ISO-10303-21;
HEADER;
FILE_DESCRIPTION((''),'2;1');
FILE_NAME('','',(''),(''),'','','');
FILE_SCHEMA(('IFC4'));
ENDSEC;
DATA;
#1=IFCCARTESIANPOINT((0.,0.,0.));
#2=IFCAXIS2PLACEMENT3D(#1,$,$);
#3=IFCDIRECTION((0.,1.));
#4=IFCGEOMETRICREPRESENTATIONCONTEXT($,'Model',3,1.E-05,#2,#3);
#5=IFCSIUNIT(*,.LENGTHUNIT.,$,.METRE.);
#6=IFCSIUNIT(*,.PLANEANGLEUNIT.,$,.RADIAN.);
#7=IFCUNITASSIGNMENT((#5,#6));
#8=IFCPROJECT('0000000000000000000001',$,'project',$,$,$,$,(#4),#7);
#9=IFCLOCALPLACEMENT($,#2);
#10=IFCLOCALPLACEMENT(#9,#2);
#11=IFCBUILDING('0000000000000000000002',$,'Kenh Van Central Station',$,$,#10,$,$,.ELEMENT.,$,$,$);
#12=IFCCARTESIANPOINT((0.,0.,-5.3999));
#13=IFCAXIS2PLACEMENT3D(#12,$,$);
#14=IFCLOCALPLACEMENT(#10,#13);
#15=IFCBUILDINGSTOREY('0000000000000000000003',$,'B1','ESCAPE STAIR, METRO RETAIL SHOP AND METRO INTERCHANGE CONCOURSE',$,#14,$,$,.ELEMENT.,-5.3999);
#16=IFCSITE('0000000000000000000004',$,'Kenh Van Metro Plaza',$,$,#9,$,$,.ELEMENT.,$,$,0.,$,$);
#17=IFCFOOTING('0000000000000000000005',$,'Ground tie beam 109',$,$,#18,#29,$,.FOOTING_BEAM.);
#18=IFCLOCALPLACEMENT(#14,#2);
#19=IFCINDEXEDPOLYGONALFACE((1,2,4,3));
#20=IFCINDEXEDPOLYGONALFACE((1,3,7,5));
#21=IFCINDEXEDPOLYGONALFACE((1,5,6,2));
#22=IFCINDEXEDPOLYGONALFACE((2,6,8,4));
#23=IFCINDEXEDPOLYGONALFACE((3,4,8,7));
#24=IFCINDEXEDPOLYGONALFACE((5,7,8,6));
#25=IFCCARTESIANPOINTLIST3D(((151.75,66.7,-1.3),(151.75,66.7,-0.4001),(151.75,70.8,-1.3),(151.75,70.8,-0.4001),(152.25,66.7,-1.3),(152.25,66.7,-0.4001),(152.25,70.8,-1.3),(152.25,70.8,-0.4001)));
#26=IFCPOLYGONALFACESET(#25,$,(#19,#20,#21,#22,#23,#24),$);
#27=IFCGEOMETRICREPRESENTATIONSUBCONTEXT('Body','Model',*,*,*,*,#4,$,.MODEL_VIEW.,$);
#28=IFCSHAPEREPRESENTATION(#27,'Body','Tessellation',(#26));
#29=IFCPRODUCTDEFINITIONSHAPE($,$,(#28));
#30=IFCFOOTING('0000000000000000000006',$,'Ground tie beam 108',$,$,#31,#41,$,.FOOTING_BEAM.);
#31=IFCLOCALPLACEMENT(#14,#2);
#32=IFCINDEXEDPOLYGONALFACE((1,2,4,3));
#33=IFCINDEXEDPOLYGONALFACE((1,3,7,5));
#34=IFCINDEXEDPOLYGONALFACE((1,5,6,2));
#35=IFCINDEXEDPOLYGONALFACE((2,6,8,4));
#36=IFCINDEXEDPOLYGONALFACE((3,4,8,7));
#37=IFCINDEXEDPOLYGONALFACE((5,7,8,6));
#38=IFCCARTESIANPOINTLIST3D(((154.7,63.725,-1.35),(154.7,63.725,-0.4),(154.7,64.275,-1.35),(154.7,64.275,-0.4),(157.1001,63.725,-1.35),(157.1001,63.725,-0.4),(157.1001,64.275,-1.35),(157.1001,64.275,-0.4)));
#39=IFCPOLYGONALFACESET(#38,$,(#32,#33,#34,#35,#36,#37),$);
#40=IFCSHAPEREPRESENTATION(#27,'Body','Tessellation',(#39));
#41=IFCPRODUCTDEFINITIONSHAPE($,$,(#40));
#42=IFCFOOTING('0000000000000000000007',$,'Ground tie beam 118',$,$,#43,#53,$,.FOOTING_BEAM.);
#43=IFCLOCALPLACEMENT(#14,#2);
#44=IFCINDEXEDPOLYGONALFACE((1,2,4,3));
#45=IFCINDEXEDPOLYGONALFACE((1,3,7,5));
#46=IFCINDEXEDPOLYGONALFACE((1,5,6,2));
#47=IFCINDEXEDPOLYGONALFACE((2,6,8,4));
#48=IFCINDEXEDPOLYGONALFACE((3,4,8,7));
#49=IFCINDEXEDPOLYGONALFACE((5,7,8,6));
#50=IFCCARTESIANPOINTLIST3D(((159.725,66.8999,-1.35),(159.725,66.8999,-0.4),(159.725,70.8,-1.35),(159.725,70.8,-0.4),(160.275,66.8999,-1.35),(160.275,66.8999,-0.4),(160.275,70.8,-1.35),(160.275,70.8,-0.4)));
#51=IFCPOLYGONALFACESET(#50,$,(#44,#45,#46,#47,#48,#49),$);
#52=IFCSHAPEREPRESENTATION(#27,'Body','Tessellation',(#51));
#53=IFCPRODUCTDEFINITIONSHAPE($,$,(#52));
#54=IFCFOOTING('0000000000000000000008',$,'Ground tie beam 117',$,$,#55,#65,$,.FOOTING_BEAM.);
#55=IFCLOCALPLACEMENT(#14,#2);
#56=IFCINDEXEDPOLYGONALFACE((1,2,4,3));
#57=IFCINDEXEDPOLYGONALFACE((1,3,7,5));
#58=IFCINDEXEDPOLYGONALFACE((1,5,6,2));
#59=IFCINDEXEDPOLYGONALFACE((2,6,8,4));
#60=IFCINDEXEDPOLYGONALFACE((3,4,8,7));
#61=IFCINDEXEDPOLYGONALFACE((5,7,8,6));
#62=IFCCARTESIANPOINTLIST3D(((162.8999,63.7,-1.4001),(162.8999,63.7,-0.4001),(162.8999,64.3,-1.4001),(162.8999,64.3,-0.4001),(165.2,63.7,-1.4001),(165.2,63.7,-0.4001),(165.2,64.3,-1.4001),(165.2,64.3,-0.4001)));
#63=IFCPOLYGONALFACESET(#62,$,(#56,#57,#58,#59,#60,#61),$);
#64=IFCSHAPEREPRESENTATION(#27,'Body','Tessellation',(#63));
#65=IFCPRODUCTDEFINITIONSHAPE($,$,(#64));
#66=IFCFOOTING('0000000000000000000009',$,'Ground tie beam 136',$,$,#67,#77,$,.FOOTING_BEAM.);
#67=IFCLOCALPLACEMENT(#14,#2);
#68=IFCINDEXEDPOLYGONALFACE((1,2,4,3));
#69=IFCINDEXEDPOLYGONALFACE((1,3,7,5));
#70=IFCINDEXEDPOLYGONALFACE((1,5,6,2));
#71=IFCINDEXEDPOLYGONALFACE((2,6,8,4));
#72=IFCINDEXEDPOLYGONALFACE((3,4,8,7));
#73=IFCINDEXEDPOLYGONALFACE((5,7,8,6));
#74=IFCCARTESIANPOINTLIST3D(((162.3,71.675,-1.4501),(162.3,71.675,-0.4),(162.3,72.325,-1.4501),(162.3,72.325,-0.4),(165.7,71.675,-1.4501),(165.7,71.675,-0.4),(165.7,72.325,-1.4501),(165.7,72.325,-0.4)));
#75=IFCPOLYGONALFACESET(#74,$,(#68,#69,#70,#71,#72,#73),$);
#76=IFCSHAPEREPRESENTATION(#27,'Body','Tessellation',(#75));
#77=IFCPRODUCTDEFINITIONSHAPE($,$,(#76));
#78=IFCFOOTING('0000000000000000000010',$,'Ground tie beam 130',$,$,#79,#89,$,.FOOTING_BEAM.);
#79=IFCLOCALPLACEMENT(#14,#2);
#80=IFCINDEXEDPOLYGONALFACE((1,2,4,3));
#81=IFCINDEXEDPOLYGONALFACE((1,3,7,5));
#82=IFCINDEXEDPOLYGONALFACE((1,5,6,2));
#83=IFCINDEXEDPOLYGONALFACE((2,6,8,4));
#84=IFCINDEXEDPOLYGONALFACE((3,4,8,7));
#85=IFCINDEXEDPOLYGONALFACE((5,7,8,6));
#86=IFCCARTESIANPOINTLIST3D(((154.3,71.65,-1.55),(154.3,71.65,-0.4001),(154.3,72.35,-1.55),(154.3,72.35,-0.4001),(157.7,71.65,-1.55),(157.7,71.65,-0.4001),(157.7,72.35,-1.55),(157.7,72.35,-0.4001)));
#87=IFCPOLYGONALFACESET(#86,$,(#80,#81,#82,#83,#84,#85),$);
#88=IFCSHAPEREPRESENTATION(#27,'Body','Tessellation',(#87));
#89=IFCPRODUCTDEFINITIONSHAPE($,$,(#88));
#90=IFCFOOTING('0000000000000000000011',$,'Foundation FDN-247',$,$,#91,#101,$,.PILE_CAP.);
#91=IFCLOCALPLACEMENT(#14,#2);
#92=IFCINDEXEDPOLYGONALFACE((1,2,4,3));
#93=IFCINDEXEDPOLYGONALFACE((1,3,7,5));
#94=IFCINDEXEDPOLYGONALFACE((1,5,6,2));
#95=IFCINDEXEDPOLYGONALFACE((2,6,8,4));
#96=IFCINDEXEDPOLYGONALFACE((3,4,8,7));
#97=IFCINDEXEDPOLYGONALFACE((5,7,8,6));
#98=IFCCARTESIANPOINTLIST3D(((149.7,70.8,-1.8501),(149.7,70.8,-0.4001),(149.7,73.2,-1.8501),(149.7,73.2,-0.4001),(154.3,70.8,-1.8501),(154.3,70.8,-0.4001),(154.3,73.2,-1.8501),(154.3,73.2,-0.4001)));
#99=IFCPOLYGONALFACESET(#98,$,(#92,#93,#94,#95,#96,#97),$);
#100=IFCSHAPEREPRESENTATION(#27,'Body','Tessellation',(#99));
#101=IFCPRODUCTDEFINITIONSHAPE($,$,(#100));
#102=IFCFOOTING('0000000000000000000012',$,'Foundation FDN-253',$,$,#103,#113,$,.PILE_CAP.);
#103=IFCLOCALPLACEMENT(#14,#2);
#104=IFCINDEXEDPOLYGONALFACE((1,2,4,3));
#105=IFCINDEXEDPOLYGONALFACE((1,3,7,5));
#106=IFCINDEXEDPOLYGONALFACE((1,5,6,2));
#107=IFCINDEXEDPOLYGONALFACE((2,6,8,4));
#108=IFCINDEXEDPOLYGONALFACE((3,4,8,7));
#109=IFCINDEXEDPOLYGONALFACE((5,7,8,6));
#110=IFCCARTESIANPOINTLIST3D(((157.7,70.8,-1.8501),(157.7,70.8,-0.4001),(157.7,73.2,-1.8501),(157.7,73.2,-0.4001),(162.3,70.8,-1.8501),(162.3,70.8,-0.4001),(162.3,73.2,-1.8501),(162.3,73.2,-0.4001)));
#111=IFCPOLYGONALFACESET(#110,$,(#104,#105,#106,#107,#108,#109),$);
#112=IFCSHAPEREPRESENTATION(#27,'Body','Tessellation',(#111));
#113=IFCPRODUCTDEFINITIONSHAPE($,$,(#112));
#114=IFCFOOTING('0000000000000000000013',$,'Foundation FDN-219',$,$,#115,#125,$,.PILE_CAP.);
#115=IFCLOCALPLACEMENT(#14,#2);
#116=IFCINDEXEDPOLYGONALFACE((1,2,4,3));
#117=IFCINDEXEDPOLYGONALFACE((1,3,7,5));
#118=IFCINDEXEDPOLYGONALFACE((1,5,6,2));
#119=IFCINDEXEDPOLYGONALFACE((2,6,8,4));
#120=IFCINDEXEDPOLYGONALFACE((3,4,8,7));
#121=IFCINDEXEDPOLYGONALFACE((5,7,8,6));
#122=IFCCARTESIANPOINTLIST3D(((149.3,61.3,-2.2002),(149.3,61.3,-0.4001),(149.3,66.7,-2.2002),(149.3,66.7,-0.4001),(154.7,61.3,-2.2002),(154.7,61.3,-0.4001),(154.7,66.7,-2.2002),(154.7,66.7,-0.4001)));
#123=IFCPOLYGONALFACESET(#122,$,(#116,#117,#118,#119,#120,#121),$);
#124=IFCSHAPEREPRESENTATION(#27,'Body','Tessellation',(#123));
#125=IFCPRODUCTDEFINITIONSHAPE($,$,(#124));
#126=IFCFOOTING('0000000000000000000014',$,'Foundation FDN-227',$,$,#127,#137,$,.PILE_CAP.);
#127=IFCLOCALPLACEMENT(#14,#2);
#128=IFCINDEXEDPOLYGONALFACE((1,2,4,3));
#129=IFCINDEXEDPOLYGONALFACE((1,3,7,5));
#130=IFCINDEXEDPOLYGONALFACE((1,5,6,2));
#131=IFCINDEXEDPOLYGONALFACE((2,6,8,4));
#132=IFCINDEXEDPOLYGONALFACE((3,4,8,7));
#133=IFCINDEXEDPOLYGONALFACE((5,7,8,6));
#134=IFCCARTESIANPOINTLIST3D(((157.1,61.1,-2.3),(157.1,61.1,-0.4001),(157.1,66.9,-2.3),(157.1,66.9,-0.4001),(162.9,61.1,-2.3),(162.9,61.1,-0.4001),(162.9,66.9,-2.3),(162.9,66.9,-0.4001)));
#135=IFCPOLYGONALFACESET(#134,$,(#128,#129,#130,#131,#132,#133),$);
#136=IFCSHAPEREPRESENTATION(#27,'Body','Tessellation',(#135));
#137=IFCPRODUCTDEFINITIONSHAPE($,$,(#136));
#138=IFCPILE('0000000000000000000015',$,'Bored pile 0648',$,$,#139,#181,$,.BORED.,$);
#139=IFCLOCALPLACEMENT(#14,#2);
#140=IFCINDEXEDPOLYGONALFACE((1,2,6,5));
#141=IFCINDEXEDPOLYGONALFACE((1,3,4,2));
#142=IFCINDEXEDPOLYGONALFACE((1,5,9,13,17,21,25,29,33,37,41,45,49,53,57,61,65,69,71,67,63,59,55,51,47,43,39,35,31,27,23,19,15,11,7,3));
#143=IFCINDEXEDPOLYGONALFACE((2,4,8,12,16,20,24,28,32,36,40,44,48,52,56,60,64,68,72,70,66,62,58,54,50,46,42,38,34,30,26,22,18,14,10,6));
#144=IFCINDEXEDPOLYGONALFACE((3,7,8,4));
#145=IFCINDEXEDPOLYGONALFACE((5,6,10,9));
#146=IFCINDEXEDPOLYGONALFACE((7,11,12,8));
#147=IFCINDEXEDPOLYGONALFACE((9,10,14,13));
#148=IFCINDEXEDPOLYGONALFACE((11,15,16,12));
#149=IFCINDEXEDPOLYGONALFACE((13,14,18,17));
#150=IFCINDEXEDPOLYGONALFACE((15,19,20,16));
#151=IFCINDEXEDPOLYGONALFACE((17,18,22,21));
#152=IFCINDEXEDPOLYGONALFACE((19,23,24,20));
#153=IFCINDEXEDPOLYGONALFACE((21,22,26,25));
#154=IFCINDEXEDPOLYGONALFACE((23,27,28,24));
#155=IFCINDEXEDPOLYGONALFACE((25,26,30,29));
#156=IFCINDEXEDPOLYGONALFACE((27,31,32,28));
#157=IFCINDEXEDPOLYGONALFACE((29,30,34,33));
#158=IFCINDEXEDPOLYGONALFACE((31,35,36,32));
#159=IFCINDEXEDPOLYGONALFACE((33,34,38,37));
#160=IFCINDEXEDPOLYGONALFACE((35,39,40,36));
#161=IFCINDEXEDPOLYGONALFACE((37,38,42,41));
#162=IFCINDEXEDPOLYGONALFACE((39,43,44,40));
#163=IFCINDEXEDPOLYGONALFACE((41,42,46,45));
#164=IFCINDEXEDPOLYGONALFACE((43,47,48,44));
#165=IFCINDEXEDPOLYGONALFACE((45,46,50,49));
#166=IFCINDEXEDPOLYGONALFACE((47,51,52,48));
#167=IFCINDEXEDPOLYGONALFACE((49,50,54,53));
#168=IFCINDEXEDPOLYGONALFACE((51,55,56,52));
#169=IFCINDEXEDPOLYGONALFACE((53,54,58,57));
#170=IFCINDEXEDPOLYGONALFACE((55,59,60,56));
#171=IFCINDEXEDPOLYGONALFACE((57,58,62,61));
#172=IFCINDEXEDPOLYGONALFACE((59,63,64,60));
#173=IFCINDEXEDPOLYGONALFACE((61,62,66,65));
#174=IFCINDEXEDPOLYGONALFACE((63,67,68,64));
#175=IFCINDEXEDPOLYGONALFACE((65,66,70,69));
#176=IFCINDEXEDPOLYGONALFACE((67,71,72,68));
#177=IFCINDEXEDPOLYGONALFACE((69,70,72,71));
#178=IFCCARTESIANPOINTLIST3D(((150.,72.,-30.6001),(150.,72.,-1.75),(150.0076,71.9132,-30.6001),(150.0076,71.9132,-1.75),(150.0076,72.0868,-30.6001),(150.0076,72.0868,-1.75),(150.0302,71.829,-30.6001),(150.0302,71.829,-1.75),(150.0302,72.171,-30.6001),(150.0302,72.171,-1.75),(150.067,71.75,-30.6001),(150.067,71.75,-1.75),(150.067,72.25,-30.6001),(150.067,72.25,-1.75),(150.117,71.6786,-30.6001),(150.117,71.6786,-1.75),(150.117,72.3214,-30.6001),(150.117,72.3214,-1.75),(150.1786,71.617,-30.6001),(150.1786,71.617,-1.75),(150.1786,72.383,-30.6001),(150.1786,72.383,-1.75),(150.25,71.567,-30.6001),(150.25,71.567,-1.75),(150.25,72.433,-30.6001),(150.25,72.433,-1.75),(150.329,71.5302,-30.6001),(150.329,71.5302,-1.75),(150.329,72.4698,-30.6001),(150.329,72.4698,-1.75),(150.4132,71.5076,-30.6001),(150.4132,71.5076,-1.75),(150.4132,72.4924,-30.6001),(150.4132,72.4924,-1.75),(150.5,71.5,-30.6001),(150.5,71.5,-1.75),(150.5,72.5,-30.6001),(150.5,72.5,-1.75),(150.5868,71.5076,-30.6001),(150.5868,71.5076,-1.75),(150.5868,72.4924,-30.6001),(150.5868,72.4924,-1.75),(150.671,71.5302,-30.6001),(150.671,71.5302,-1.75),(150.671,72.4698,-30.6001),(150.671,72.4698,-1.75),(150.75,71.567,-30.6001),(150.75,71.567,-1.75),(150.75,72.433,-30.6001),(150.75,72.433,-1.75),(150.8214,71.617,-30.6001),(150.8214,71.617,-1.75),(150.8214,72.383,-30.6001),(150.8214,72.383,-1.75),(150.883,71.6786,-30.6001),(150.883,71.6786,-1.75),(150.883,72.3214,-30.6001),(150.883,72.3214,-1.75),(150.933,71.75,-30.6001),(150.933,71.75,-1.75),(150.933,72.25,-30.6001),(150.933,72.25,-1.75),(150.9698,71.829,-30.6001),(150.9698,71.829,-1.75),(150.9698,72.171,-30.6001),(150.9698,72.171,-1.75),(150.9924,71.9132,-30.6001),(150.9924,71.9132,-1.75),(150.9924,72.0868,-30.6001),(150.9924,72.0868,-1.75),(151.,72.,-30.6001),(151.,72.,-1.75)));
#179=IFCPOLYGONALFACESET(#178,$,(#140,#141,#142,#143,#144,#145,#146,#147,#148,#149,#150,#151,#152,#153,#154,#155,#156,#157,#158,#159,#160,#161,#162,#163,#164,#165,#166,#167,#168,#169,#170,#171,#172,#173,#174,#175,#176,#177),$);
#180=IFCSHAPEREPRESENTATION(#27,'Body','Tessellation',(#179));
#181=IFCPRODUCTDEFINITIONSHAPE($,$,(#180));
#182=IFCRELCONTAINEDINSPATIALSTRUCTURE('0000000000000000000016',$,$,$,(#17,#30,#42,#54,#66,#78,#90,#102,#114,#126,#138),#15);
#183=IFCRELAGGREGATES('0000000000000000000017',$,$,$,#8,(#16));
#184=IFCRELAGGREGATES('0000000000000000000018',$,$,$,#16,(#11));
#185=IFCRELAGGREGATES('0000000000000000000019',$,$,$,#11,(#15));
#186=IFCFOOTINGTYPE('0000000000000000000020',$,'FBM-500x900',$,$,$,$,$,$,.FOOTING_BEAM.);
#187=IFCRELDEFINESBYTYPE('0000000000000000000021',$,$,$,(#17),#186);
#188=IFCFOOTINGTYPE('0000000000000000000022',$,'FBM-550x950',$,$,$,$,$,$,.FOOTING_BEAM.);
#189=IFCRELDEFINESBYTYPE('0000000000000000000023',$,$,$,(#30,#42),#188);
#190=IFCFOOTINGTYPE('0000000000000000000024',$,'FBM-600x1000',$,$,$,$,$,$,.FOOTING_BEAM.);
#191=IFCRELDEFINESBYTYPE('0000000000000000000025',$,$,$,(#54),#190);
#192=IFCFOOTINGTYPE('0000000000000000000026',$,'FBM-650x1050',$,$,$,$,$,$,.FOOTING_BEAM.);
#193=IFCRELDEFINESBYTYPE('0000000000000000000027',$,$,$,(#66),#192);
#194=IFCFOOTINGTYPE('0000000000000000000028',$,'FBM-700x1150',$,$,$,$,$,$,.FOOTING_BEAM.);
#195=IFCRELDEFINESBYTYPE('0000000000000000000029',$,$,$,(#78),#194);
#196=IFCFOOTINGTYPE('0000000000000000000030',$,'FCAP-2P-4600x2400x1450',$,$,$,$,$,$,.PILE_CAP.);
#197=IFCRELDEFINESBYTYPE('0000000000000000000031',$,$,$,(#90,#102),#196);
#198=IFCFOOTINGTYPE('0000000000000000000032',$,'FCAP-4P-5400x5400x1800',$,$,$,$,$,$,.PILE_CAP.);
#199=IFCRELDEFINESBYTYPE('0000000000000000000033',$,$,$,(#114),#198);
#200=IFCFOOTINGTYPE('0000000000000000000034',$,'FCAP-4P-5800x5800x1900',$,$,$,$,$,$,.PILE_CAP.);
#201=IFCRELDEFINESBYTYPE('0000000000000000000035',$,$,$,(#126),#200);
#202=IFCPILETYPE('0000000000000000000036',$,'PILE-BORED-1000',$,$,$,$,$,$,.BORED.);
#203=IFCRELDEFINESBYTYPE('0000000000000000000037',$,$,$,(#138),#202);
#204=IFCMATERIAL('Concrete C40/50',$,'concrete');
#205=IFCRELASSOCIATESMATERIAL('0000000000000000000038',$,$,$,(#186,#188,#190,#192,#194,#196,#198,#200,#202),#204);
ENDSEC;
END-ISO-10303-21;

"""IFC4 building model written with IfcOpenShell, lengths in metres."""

from ifc_helpers import new_model, si_unit, direction, frame, origin, origin_2d, place, context, subcontext, project, spatial, rectangle, circle, extrude, material, material_profile, profile_set, type_object, element, save


model = new_model("IFC4")

# Units and contexts
model_context = context("Model", 3, precision=1e-05, world=origin(), true_north=direction((0.0, 1.0)))
body_context = subcontext(model_context, "Body", "Model", "MODEL_VIEW")
ifc_project = project(units=[si_unit("LENGTHUNIT", "METRE"), si_unit("PLANEANGLEUNIT", "RADIAN")], contexts=[model_context])

# Site, building, storey
site_placement = place(None, origin())
site = spatial("IfcSite", under=ifc_project, at=site_placement, Name="Kenh Van Metro Plaza", CompositionType="ELEMENT", RefElevation=0.0)
building_placement = place(site_placement, origin())
building = spatial("IfcBuilding", under=site, at=building_placement, Name="Kenh Van Central Station", CompositionType="ELEMENT")
storey_placement = place(building_placement, frame((0.0, 0.0, -5.3999)))
storey = spatial("IfcBuildingStorey", under=building, at=storey_placement, Name="B1", Description="ESCAPE STAIR, METRO RETAIL SHOP AND METRO INTERCHANGE CONCOURSE", CompositionType="ELEMENT", Elevation=-5.3999)

# Footings
ifc_material = material(Name="Concrete C40/50", Category="concrete")
ifc_material_profile_1 = material_profile(ifc_material, rectangle(XDim=0.5, YDim=0.8999, at=origin_2d()), Name="RC 500x900")
ifc_profile_set_1 = profile_set([ifc_material_profile_1], Name="Concrete C40/50")
footing_type_1 = type_object("IfcFootingType", Name="FBM-500x900", PredefinedType="FOOTING_BEAM", material=ifc_profile_set_1)
footing_1_placement = place(storey_placement, frame((152.0, 66.7, -0.8501), z_axis=(0.0, 1.0, 0.0), x_axis=(-1.0, 0.0, 0.0)))
element("IfcFooting", 1, at=footing_1_placement, inside=storey, type_object=footing_type_1, Name="Ground tie beam 109", PredefinedType="FOOTING_BEAM", context=body_context, shape_type="SweptSolid", body=[
    extrude(rectangle(XDim=0.5, YDim=0.8999, at=origin_2d()), origin(), (0.0, 0.0, 1.0), 4.1001),
])
ifc_material_profile_2 = material_profile(ifc_material, rectangle(XDim=0.55, YDim=0.95, at=origin_2d()), Name="RC 550x950")
ifc_profile_set_2 = profile_set([ifc_material_profile_2], Name="Concrete C40/50")
footing_type_2 = type_object("IfcFootingType", Name="FBM-550x950", PredefinedType="FOOTING_BEAM", material=ifc_profile_set_2)
footing_2_placement = place(storey_placement, frame((154.7, 64.0, -0.875), z_axis=(1.0, 0.0, 0.0), x_axis=(0.0, 1.0, 0.0)))
element("IfcFooting", 2, at=footing_2_placement, inside=storey, type_object=footing_type_2, Name="Ground tie beam 108", PredefinedType="FOOTING_BEAM", context=body_context, shape_type="SweptSolid", body=[
    extrude(rectangle(XDim=0.55, YDim=0.95, at=origin_2d()), origin(), (0.0, 0.0, 1.0), 2.4001),
])
footing_3_placement = place(storey_placement, frame((160.0, 66.8999, -0.875), z_axis=(0.0, 1.0, 0.0), x_axis=(-1.0, 0.0, 0.0)))
element("IfcFooting", 3, at=footing_3_placement, inside=storey, type_object=footing_type_2, Name="Ground tie beam 118", PredefinedType="FOOTING_BEAM", context=body_context, shape_type="SweptSolid", body=[
    extrude(rectangle(XDim=0.55, YDim=0.95, at=origin_2d()), origin(), (0.0, 0.0, 1.0), 3.9001),
])
ifc_material_profile_3 = material_profile(ifc_material, rectangle(XDim=0.6001, YDim=1.0, at=origin_2d()), Name="RC 600x1000")
ifc_profile_set_3 = profile_set([ifc_material_profile_3], Name="Concrete C40/50")
footing_type_3 = type_object("IfcFootingType", Name="FBM-600x1000", PredefinedType="FOOTING_BEAM", material=ifc_profile_set_3)
footing_4_placement = place(storey_placement, frame((162.8999, 64.0, -0.9001), z_axis=(1.0, 0.0, 0.0), x_axis=(0.0, 1.0, 0.0)))
element("IfcFooting", 4, at=footing_4_placement, inside=storey, type_object=footing_type_3, Name="Ground tie beam 117", PredefinedType="FOOTING_BEAM", context=body_context, shape_type="SweptSolid", body=[
    extrude(rectangle(XDim=0.6001, YDim=1.0, at=origin_2d()), origin(), (0.0, 0.0, 1.0), 2.3),
])
ifc_material_profile_4 = material_profile(ifc_material, rectangle(XDim=0.6499, YDim=1.05, at=origin_2d()), Name="RC 650x1050")
ifc_profile_set_4 = profile_set([ifc_material_profile_4], Name="Concrete C40/50")
footing_type_4 = type_object("IfcFootingType", Name="FBM-650x1050", PredefinedType="FOOTING_BEAM", material=ifc_profile_set_4)
footing_5_placement = place(storey_placement, frame((162.3, 72.0, -0.925), z_axis=(1.0, 0.0, 0.0), x_axis=(0.0, 1.0, 0.0)))
element("IfcFooting", 5, at=footing_5_placement, inside=storey, type_object=footing_type_4, Name="Ground tie beam 136", PredefinedType="FOOTING_BEAM", context=body_context, shape_type="SweptSolid", body=[
    extrude(rectangle(XDim=0.6499, YDim=1.05, at=origin_2d()), origin(), (0.0, 0.0, 1.0), 3.3999),
])
ifc_material_profile_5 = material_profile(ifc_material, rectangle(XDim=0.7, YDim=1.1499, at=origin_2d()), Name="RC 700x1150")
ifc_profile_set_5 = profile_set([ifc_material_profile_5], Name="Concrete C40/50")
footing_type_5 = type_object("IfcFootingType", Name="FBM-700x1150", PredefinedType="FOOTING_BEAM", material=ifc_profile_set_5)
footing_6_placement = place(storey_placement, frame((154.3, 72.0, -0.9751), z_axis=(1.0, 0.0, 0.0), x_axis=(0.0, 1.0, 0.0)))
element("IfcFooting", 6, at=footing_6_placement, inside=storey, type_object=footing_type_5, Name="Ground tie beam 130", PredefinedType="FOOTING_BEAM", context=body_context, shape_type="SweptSolid", body=[
    extrude(rectangle(XDim=0.7, YDim=1.1499, at=origin_2d()), origin(), (0.0, 0.0, 1.0), 3.3999),
])
footing_type_6 = type_object("IfcFootingType", Name="FCAP-2P-4600x2400x1450", PredefinedType="PILE_CAP", material=ifc_material)
for number, where, z_axis, x_axis, name in (
    (7, (152.0, 72.0, -1.8501), (0.0, 0.0, 1.0), (1.0, 0.0, 0.0), "Foundation FDN-247"),
    (8, (160.0, 72.0, -1.8501), (0.0, 0.0, 1.0), (1.0, 0.0, 0.0), "Foundation FDN-253"),
):
    element("IfcFooting", number, at=place(storey_placement, frame(where, z_axis=z_axis, x_axis=x_axis)), inside=storey, type_object=footing_type_6, Name=name, PredefinedType="PILE_CAP", context=body_context, shape_type="SweptSolid", body=[
        extrude(rectangle(XDim=4.6001, YDim=2.3999, at=origin_2d()), origin(), (0.0, 0.0, 1.0), 1.45),
    ])
footing_type_7 = type_object("IfcFootingType", Name="FCAP-4P-5400x5400x1800", PredefinedType="PILE_CAP", material=ifc_material)
footing_7_placement = place(storey_placement, frame((152.0, 64.0, -2.2002), z_axis=(0.0, 0.0, 1.0), x_axis=(1.0, 0.0, 0.0)))
element("IfcFooting", 9, at=footing_7_placement, inside=storey, type_object=footing_type_7, Name="Foundation FDN-219", PredefinedType="PILE_CAP", context=body_context, shape_type="SweptSolid", body=[
    extrude(rectangle(XDim=5.3999, YDim=5.3999, at=origin_2d()), origin(), (0.0, 0.0, 1.0), 1.8),
])
footing_type_8 = type_object("IfcFootingType", Name="FCAP-4P-5800x5800x1900", PredefinedType="PILE_CAP", material=ifc_material)
footing_8_placement = place(storey_placement, frame((160.0, 64.0, -2.3), z_axis=(0.0, 0.0, 1.0), x_axis=(1.0, 0.0, 0.0)))
element("IfcFooting", 10, at=footing_8_placement, inside=storey, type_object=footing_type_8, Name="Foundation FDN-227", PredefinedType="PILE_CAP", context=body_context, shape_type="SweptSolid", body=[
    extrude(rectangle(XDim=5.8, YDim=5.8, at=origin_2d()), origin(), (0.0, 0.0, 1.0), 1.8999),
])

# Pile
ifc_material_profile_6 = material_profile(ifc_material, circle(Radius=0.5, at=origin_2d()), Name="PILE D1000")
ifc_profile_set_6 = profile_set([ifc_material_profile_6], Name="Concrete C40/50")
pile_type_1 = type_object("IfcPileType", Name="PILE-BORED-1000", PredefinedType="BORED", material=ifc_profile_set_6)
for number, where, z_axis, x_axis, name in (
    (11, (150.5, 72.0, -1.75), (0.0, 0.0, -1.0), (1.0, 0.0, 0.0), "Bored pile 0648"),
):
    element("IfcPile", number, at=place(storey_placement, frame(where, z_axis=z_axis, x_axis=x_axis)), inside=storey, type_object=pile_type_1, Name=name, PredefinedType="BORED", context=body_context, shape_type="SweptSolid", body=[
        extrude(circle(Radius=0.5, at=origin_2d()), origin(), (0.0, 0.0, 1.0), 28.8501),
    ])

save(model, "model.ifc")
